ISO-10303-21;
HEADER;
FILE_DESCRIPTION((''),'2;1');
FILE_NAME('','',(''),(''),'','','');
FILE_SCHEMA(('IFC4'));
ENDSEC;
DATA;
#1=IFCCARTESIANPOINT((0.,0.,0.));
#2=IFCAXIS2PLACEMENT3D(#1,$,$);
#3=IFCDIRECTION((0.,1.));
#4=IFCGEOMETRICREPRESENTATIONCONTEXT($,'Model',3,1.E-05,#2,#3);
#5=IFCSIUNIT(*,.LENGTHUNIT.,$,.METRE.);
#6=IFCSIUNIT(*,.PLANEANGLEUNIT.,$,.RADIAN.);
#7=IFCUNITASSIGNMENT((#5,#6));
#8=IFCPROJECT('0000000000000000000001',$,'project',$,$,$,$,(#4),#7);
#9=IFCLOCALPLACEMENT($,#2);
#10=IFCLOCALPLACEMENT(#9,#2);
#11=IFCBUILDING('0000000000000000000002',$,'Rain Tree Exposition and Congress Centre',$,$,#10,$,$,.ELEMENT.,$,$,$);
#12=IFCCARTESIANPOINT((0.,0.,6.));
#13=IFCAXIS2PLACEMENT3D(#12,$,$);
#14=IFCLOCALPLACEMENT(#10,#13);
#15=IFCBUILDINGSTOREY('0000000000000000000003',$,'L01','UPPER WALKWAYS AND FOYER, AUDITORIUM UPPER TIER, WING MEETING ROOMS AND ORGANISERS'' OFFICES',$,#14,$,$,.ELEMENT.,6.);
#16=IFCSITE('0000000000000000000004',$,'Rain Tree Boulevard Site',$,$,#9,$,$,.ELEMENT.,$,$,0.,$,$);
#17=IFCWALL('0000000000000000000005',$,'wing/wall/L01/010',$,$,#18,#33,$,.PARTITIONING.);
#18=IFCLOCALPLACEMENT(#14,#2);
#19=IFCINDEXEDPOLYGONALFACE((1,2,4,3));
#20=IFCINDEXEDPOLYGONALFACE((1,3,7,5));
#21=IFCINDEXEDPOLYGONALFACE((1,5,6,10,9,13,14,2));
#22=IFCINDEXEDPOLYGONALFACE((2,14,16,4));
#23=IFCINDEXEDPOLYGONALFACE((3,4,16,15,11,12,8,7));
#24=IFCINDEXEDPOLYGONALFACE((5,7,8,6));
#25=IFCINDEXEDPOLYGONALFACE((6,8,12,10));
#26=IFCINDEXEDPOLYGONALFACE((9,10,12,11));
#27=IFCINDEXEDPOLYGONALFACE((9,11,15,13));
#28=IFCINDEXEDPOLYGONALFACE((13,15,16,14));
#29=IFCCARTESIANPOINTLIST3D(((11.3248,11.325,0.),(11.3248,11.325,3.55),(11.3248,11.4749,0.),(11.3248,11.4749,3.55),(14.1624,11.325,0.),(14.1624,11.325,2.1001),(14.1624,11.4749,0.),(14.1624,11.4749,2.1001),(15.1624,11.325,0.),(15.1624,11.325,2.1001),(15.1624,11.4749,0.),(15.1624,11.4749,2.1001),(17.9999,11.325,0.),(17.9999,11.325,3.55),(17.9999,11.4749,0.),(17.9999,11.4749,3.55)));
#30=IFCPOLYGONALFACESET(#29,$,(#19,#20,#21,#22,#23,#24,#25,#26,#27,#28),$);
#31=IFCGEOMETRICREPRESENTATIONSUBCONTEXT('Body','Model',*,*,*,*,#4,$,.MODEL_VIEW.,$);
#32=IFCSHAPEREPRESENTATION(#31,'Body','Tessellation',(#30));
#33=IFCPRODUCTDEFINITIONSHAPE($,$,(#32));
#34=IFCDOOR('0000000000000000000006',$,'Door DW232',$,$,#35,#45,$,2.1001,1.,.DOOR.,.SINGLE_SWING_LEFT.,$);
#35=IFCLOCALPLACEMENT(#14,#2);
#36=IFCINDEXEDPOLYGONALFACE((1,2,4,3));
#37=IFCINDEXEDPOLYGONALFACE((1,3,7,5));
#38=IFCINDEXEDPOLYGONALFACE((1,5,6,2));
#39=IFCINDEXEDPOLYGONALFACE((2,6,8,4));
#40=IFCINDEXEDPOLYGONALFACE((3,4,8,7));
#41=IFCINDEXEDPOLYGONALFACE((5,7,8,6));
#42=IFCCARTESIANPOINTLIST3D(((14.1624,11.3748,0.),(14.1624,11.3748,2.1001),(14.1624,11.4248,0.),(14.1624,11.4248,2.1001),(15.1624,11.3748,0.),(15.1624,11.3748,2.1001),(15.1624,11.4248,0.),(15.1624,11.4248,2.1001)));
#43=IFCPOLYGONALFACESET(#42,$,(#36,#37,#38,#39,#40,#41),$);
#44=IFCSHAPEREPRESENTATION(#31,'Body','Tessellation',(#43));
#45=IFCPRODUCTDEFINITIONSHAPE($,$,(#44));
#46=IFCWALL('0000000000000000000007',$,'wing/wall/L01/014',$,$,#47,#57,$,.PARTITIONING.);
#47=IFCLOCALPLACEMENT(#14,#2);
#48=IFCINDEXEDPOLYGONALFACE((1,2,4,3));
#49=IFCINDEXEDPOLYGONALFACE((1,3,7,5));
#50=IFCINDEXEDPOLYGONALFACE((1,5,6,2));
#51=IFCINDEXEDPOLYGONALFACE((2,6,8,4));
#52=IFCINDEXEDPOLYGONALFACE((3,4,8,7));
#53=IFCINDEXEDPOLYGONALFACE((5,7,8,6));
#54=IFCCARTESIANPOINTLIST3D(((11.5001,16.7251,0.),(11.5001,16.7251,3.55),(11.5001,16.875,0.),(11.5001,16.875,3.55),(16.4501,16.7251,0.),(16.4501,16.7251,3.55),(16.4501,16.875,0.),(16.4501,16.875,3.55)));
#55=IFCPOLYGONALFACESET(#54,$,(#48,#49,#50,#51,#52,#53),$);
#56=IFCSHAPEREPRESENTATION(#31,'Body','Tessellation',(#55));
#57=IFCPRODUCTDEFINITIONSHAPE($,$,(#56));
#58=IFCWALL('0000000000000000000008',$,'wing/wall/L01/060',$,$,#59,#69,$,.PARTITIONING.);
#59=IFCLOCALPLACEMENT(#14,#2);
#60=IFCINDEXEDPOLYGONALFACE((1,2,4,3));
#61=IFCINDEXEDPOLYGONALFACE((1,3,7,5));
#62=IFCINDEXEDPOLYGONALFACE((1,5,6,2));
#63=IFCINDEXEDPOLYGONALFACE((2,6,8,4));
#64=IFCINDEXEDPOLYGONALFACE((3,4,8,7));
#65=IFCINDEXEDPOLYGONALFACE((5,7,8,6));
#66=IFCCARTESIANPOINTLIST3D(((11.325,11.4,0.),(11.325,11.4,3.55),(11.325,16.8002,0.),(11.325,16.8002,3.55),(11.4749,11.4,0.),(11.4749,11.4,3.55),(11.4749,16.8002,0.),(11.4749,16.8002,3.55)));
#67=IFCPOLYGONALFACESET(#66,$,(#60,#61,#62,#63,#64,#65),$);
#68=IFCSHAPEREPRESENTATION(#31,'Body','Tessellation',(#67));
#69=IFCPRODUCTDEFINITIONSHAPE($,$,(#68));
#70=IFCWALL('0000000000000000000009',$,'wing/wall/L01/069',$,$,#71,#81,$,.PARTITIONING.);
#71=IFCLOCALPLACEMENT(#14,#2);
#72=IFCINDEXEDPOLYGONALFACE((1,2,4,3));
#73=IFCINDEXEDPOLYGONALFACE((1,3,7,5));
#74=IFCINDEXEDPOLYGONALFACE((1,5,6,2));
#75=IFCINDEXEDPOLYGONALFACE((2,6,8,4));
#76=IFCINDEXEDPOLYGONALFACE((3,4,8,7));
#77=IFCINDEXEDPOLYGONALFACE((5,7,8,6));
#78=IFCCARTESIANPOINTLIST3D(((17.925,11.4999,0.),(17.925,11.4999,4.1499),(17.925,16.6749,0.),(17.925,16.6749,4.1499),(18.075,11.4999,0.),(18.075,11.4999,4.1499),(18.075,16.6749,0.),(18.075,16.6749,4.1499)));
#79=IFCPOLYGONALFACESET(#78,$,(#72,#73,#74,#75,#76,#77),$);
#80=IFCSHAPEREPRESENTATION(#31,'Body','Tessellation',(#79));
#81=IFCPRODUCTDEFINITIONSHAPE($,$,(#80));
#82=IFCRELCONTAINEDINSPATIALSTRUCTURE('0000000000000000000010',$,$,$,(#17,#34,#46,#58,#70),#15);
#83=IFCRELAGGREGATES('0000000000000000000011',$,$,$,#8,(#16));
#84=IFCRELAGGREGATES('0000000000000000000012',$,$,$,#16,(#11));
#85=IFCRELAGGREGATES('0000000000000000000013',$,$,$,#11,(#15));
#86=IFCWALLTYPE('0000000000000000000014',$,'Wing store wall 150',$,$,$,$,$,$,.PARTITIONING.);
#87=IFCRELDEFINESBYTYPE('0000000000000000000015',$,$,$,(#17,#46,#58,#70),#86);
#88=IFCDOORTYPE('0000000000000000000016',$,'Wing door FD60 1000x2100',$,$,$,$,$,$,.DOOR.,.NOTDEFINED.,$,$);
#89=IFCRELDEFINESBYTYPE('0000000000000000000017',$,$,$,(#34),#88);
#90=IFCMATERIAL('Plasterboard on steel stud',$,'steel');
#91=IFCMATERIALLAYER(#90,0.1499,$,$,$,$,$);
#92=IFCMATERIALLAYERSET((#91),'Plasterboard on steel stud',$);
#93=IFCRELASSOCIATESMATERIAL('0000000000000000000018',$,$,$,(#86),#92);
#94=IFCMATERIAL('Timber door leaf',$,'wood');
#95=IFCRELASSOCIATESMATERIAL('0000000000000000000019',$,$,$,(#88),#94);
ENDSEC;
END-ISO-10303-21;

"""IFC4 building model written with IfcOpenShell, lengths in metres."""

from ifc_helpers import new_model, si_unit, direction, frame, frame_2d, origin, place, context, subcontext, project, spatial, rectangle, extrude, material, layer, layer_set, type_object, element, fill, save


model = new_model("IFC4")

# Units and contexts
model_context = context("Model", 3, precision=1e-05, world=origin(), true_north=direction((0.0, 1.0)))
body_context = subcontext(model_context, "Body", "Model", "MODEL_VIEW")
ifc_project = project(units=[si_unit("LENGTHUNIT", "METRE"), si_unit("PLANEANGLEUNIT", "RADIAN")], contexts=[model_context])

# Site, building, storey
site_placement = place(None, origin())
site = spatial("IfcSite", under=ifc_project, at=site_placement, Name="Rain Tree Boulevard Site", CompositionType="ELEMENT", RefElevation=0.0)
building_placement = place(site_placement, origin())
building = spatial("IfcBuilding", under=site, at=building_placement, Name="Rain Tree Exposition and Congress Centre", CompositionType="ELEMENT")
storey_placement = place(building_placement, frame((0.0, 0.0, 6.0)))
storey = spatial("IfcBuildingStorey", under=building, at=storey_placement, Name="L01", Description="UPPER WALKWAYS AND FOYER, AUDITORIUM UPPER TIER, WING MEETING ROOMS AND ORGANISERS' OFFICES", CompositionType="ELEMENT", Elevation=6.0)

# Wall, opening, door
ifc_material_1 = material(Name="Plasterboard on steel stud", Category="steel")
ifc_layer_1 = layer(ifc_material_1, 0.1499)
ifc_layer_set_1 = layer_set([ifc_layer_1], Name="Plasterboard on steel stud")
wall_type_1 = type_object("IfcWallType", Name="Wing store wall 150", PredefinedType="PARTITIONING", material=ifc_layer_set_1)
wall_1_placement = place(storey_placement, frame((11.325, 11.3999, 0.0), z_axis=(0.0, 0.0, 1.0), x_axis=(1.0, 0.0, 0.0)))
wall_1 = element("IfcWall", 1, at=wall_1_placement, inside=storey, type_object=wall_type_1, Name="wing/wall/L01/010", PredefinedType="PARTITIONING", context=body_context, shape_type="SweptSolid", body=[
    extrude(rectangle(XDim=6.675, YDim=0.1499, at=frame_2d((3.3374, 0.0))), origin(), (0.0, 0.0, 1.0), 3.55),
])
opening_1_placement = place(wall_1_placement, frame((2.8374, 0.0, 0.0)))
opening_1 = element("IfcOpeningElement", 2, at=opening_1_placement, cuts=wall_1, PredefinedType="OPENING", context=body_context, shape_type="SweptSolid", body=[
    extrude(rectangle(XDim=1.0, YDim=2.1001, at=frame_2d((0.5, 1.05))), frame((0.0, 0.075, 0.0), z_axis=(0.0, -1.0, 0.0), x_axis=(1.0, 0.0, 0.0)), (0.0, 0.0, 1.0), 0.1499),
])
ifc_material_2 = material(Name="Timber door leaf", Category="wood")
door_type_1 = type_object("IfcDoorType", Name="Wing door FD60 1000x2100", OperationType="NOTDEFINED", PredefinedType="DOOR", material=ifc_material_2)
door_1_placement = place(opening_1_placement, origin())
door_1 = element("IfcDoor", 3, at=door_1_placement, inside=storey, type_object=door_type_1, Name="Door DW232", OperationType="SINGLE_SWING_LEFT", OverallHeight=2.1001, OverallWidth=1.0, PredefinedType="DOOR", context=body_context, shape_type="SweptSolid", body=[
    extrude(rectangle(XDim=1.0, YDim=2.1001, at=frame_2d((0.5, 1.05))), frame((0.0, 0.0249, 0.0), z_axis=(0.0, -1.0, 0.0), x_axis=(1.0, 0.0, 0.0)), (0.0, 0.0, 1.0), 0.05),
])
fill(opening_1, door_1)

# Walls
wall_2_placement = place(storey_placement, frame((11.5, 16.8, 0.0), z_axis=(0.0, 0.0, 1.0), x_axis=(1.0, 0.0, 0.0)))
element("IfcWall", 4, at=wall_2_placement, inside=storey, type_object=wall_type_1, Name="wing/wall/L01/014", PredefinedType="PARTITIONING", context=body_context, shape_type="SweptSolid", body=[
    extrude(rectangle(XDim=4.95, YDim=0.1499, at=frame_2d((2.4751, 0.0))), origin(), (0.0, 0.0, 1.0), 3.55),
])
wall_3_placement = place(storey_placement, frame((11.3999, 11.3999, 0.0), z_axis=(0.0, 0.0, 1.0), x_axis=(0.0, 1.0, 0.0)))
element("IfcWall", 5, at=wall_3_placement, inside=storey, type_object=wall_type_1, Name="wing/wall/L01/060", PredefinedType="PARTITIONING", context=body_context, shape_type="SweptSolid", body=[
    extrude(rectangle(XDim=5.4001, YDim=0.1499, at=frame_2d((2.7002, 0.0))), origin(), (0.0, 0.0, 1.0), 3.55),
])
wall_4_placement = place(storey_placement, frame((18.0, 11.5, 0.0), z_axis=(0.0, 0.0, 1.0), x_axis=(0.0, 1.0, 0.0)))
element("IfcWall", 6, at=wall_4_placement, inside=storey, type_object=wall_type_1, Name="wing/wall/L01/069", PredefinedType="PARTITIONING", context=body_context, shape_type="SweptSolid", body=[
    extrude(rectangle(XDim=5.175, YDim=0.1499, at=frame_2d((2.5874, 0.0))), origin(), (0.0, 0.0, 1.0), 4.1499),
])

save(model, "model.ifc")
